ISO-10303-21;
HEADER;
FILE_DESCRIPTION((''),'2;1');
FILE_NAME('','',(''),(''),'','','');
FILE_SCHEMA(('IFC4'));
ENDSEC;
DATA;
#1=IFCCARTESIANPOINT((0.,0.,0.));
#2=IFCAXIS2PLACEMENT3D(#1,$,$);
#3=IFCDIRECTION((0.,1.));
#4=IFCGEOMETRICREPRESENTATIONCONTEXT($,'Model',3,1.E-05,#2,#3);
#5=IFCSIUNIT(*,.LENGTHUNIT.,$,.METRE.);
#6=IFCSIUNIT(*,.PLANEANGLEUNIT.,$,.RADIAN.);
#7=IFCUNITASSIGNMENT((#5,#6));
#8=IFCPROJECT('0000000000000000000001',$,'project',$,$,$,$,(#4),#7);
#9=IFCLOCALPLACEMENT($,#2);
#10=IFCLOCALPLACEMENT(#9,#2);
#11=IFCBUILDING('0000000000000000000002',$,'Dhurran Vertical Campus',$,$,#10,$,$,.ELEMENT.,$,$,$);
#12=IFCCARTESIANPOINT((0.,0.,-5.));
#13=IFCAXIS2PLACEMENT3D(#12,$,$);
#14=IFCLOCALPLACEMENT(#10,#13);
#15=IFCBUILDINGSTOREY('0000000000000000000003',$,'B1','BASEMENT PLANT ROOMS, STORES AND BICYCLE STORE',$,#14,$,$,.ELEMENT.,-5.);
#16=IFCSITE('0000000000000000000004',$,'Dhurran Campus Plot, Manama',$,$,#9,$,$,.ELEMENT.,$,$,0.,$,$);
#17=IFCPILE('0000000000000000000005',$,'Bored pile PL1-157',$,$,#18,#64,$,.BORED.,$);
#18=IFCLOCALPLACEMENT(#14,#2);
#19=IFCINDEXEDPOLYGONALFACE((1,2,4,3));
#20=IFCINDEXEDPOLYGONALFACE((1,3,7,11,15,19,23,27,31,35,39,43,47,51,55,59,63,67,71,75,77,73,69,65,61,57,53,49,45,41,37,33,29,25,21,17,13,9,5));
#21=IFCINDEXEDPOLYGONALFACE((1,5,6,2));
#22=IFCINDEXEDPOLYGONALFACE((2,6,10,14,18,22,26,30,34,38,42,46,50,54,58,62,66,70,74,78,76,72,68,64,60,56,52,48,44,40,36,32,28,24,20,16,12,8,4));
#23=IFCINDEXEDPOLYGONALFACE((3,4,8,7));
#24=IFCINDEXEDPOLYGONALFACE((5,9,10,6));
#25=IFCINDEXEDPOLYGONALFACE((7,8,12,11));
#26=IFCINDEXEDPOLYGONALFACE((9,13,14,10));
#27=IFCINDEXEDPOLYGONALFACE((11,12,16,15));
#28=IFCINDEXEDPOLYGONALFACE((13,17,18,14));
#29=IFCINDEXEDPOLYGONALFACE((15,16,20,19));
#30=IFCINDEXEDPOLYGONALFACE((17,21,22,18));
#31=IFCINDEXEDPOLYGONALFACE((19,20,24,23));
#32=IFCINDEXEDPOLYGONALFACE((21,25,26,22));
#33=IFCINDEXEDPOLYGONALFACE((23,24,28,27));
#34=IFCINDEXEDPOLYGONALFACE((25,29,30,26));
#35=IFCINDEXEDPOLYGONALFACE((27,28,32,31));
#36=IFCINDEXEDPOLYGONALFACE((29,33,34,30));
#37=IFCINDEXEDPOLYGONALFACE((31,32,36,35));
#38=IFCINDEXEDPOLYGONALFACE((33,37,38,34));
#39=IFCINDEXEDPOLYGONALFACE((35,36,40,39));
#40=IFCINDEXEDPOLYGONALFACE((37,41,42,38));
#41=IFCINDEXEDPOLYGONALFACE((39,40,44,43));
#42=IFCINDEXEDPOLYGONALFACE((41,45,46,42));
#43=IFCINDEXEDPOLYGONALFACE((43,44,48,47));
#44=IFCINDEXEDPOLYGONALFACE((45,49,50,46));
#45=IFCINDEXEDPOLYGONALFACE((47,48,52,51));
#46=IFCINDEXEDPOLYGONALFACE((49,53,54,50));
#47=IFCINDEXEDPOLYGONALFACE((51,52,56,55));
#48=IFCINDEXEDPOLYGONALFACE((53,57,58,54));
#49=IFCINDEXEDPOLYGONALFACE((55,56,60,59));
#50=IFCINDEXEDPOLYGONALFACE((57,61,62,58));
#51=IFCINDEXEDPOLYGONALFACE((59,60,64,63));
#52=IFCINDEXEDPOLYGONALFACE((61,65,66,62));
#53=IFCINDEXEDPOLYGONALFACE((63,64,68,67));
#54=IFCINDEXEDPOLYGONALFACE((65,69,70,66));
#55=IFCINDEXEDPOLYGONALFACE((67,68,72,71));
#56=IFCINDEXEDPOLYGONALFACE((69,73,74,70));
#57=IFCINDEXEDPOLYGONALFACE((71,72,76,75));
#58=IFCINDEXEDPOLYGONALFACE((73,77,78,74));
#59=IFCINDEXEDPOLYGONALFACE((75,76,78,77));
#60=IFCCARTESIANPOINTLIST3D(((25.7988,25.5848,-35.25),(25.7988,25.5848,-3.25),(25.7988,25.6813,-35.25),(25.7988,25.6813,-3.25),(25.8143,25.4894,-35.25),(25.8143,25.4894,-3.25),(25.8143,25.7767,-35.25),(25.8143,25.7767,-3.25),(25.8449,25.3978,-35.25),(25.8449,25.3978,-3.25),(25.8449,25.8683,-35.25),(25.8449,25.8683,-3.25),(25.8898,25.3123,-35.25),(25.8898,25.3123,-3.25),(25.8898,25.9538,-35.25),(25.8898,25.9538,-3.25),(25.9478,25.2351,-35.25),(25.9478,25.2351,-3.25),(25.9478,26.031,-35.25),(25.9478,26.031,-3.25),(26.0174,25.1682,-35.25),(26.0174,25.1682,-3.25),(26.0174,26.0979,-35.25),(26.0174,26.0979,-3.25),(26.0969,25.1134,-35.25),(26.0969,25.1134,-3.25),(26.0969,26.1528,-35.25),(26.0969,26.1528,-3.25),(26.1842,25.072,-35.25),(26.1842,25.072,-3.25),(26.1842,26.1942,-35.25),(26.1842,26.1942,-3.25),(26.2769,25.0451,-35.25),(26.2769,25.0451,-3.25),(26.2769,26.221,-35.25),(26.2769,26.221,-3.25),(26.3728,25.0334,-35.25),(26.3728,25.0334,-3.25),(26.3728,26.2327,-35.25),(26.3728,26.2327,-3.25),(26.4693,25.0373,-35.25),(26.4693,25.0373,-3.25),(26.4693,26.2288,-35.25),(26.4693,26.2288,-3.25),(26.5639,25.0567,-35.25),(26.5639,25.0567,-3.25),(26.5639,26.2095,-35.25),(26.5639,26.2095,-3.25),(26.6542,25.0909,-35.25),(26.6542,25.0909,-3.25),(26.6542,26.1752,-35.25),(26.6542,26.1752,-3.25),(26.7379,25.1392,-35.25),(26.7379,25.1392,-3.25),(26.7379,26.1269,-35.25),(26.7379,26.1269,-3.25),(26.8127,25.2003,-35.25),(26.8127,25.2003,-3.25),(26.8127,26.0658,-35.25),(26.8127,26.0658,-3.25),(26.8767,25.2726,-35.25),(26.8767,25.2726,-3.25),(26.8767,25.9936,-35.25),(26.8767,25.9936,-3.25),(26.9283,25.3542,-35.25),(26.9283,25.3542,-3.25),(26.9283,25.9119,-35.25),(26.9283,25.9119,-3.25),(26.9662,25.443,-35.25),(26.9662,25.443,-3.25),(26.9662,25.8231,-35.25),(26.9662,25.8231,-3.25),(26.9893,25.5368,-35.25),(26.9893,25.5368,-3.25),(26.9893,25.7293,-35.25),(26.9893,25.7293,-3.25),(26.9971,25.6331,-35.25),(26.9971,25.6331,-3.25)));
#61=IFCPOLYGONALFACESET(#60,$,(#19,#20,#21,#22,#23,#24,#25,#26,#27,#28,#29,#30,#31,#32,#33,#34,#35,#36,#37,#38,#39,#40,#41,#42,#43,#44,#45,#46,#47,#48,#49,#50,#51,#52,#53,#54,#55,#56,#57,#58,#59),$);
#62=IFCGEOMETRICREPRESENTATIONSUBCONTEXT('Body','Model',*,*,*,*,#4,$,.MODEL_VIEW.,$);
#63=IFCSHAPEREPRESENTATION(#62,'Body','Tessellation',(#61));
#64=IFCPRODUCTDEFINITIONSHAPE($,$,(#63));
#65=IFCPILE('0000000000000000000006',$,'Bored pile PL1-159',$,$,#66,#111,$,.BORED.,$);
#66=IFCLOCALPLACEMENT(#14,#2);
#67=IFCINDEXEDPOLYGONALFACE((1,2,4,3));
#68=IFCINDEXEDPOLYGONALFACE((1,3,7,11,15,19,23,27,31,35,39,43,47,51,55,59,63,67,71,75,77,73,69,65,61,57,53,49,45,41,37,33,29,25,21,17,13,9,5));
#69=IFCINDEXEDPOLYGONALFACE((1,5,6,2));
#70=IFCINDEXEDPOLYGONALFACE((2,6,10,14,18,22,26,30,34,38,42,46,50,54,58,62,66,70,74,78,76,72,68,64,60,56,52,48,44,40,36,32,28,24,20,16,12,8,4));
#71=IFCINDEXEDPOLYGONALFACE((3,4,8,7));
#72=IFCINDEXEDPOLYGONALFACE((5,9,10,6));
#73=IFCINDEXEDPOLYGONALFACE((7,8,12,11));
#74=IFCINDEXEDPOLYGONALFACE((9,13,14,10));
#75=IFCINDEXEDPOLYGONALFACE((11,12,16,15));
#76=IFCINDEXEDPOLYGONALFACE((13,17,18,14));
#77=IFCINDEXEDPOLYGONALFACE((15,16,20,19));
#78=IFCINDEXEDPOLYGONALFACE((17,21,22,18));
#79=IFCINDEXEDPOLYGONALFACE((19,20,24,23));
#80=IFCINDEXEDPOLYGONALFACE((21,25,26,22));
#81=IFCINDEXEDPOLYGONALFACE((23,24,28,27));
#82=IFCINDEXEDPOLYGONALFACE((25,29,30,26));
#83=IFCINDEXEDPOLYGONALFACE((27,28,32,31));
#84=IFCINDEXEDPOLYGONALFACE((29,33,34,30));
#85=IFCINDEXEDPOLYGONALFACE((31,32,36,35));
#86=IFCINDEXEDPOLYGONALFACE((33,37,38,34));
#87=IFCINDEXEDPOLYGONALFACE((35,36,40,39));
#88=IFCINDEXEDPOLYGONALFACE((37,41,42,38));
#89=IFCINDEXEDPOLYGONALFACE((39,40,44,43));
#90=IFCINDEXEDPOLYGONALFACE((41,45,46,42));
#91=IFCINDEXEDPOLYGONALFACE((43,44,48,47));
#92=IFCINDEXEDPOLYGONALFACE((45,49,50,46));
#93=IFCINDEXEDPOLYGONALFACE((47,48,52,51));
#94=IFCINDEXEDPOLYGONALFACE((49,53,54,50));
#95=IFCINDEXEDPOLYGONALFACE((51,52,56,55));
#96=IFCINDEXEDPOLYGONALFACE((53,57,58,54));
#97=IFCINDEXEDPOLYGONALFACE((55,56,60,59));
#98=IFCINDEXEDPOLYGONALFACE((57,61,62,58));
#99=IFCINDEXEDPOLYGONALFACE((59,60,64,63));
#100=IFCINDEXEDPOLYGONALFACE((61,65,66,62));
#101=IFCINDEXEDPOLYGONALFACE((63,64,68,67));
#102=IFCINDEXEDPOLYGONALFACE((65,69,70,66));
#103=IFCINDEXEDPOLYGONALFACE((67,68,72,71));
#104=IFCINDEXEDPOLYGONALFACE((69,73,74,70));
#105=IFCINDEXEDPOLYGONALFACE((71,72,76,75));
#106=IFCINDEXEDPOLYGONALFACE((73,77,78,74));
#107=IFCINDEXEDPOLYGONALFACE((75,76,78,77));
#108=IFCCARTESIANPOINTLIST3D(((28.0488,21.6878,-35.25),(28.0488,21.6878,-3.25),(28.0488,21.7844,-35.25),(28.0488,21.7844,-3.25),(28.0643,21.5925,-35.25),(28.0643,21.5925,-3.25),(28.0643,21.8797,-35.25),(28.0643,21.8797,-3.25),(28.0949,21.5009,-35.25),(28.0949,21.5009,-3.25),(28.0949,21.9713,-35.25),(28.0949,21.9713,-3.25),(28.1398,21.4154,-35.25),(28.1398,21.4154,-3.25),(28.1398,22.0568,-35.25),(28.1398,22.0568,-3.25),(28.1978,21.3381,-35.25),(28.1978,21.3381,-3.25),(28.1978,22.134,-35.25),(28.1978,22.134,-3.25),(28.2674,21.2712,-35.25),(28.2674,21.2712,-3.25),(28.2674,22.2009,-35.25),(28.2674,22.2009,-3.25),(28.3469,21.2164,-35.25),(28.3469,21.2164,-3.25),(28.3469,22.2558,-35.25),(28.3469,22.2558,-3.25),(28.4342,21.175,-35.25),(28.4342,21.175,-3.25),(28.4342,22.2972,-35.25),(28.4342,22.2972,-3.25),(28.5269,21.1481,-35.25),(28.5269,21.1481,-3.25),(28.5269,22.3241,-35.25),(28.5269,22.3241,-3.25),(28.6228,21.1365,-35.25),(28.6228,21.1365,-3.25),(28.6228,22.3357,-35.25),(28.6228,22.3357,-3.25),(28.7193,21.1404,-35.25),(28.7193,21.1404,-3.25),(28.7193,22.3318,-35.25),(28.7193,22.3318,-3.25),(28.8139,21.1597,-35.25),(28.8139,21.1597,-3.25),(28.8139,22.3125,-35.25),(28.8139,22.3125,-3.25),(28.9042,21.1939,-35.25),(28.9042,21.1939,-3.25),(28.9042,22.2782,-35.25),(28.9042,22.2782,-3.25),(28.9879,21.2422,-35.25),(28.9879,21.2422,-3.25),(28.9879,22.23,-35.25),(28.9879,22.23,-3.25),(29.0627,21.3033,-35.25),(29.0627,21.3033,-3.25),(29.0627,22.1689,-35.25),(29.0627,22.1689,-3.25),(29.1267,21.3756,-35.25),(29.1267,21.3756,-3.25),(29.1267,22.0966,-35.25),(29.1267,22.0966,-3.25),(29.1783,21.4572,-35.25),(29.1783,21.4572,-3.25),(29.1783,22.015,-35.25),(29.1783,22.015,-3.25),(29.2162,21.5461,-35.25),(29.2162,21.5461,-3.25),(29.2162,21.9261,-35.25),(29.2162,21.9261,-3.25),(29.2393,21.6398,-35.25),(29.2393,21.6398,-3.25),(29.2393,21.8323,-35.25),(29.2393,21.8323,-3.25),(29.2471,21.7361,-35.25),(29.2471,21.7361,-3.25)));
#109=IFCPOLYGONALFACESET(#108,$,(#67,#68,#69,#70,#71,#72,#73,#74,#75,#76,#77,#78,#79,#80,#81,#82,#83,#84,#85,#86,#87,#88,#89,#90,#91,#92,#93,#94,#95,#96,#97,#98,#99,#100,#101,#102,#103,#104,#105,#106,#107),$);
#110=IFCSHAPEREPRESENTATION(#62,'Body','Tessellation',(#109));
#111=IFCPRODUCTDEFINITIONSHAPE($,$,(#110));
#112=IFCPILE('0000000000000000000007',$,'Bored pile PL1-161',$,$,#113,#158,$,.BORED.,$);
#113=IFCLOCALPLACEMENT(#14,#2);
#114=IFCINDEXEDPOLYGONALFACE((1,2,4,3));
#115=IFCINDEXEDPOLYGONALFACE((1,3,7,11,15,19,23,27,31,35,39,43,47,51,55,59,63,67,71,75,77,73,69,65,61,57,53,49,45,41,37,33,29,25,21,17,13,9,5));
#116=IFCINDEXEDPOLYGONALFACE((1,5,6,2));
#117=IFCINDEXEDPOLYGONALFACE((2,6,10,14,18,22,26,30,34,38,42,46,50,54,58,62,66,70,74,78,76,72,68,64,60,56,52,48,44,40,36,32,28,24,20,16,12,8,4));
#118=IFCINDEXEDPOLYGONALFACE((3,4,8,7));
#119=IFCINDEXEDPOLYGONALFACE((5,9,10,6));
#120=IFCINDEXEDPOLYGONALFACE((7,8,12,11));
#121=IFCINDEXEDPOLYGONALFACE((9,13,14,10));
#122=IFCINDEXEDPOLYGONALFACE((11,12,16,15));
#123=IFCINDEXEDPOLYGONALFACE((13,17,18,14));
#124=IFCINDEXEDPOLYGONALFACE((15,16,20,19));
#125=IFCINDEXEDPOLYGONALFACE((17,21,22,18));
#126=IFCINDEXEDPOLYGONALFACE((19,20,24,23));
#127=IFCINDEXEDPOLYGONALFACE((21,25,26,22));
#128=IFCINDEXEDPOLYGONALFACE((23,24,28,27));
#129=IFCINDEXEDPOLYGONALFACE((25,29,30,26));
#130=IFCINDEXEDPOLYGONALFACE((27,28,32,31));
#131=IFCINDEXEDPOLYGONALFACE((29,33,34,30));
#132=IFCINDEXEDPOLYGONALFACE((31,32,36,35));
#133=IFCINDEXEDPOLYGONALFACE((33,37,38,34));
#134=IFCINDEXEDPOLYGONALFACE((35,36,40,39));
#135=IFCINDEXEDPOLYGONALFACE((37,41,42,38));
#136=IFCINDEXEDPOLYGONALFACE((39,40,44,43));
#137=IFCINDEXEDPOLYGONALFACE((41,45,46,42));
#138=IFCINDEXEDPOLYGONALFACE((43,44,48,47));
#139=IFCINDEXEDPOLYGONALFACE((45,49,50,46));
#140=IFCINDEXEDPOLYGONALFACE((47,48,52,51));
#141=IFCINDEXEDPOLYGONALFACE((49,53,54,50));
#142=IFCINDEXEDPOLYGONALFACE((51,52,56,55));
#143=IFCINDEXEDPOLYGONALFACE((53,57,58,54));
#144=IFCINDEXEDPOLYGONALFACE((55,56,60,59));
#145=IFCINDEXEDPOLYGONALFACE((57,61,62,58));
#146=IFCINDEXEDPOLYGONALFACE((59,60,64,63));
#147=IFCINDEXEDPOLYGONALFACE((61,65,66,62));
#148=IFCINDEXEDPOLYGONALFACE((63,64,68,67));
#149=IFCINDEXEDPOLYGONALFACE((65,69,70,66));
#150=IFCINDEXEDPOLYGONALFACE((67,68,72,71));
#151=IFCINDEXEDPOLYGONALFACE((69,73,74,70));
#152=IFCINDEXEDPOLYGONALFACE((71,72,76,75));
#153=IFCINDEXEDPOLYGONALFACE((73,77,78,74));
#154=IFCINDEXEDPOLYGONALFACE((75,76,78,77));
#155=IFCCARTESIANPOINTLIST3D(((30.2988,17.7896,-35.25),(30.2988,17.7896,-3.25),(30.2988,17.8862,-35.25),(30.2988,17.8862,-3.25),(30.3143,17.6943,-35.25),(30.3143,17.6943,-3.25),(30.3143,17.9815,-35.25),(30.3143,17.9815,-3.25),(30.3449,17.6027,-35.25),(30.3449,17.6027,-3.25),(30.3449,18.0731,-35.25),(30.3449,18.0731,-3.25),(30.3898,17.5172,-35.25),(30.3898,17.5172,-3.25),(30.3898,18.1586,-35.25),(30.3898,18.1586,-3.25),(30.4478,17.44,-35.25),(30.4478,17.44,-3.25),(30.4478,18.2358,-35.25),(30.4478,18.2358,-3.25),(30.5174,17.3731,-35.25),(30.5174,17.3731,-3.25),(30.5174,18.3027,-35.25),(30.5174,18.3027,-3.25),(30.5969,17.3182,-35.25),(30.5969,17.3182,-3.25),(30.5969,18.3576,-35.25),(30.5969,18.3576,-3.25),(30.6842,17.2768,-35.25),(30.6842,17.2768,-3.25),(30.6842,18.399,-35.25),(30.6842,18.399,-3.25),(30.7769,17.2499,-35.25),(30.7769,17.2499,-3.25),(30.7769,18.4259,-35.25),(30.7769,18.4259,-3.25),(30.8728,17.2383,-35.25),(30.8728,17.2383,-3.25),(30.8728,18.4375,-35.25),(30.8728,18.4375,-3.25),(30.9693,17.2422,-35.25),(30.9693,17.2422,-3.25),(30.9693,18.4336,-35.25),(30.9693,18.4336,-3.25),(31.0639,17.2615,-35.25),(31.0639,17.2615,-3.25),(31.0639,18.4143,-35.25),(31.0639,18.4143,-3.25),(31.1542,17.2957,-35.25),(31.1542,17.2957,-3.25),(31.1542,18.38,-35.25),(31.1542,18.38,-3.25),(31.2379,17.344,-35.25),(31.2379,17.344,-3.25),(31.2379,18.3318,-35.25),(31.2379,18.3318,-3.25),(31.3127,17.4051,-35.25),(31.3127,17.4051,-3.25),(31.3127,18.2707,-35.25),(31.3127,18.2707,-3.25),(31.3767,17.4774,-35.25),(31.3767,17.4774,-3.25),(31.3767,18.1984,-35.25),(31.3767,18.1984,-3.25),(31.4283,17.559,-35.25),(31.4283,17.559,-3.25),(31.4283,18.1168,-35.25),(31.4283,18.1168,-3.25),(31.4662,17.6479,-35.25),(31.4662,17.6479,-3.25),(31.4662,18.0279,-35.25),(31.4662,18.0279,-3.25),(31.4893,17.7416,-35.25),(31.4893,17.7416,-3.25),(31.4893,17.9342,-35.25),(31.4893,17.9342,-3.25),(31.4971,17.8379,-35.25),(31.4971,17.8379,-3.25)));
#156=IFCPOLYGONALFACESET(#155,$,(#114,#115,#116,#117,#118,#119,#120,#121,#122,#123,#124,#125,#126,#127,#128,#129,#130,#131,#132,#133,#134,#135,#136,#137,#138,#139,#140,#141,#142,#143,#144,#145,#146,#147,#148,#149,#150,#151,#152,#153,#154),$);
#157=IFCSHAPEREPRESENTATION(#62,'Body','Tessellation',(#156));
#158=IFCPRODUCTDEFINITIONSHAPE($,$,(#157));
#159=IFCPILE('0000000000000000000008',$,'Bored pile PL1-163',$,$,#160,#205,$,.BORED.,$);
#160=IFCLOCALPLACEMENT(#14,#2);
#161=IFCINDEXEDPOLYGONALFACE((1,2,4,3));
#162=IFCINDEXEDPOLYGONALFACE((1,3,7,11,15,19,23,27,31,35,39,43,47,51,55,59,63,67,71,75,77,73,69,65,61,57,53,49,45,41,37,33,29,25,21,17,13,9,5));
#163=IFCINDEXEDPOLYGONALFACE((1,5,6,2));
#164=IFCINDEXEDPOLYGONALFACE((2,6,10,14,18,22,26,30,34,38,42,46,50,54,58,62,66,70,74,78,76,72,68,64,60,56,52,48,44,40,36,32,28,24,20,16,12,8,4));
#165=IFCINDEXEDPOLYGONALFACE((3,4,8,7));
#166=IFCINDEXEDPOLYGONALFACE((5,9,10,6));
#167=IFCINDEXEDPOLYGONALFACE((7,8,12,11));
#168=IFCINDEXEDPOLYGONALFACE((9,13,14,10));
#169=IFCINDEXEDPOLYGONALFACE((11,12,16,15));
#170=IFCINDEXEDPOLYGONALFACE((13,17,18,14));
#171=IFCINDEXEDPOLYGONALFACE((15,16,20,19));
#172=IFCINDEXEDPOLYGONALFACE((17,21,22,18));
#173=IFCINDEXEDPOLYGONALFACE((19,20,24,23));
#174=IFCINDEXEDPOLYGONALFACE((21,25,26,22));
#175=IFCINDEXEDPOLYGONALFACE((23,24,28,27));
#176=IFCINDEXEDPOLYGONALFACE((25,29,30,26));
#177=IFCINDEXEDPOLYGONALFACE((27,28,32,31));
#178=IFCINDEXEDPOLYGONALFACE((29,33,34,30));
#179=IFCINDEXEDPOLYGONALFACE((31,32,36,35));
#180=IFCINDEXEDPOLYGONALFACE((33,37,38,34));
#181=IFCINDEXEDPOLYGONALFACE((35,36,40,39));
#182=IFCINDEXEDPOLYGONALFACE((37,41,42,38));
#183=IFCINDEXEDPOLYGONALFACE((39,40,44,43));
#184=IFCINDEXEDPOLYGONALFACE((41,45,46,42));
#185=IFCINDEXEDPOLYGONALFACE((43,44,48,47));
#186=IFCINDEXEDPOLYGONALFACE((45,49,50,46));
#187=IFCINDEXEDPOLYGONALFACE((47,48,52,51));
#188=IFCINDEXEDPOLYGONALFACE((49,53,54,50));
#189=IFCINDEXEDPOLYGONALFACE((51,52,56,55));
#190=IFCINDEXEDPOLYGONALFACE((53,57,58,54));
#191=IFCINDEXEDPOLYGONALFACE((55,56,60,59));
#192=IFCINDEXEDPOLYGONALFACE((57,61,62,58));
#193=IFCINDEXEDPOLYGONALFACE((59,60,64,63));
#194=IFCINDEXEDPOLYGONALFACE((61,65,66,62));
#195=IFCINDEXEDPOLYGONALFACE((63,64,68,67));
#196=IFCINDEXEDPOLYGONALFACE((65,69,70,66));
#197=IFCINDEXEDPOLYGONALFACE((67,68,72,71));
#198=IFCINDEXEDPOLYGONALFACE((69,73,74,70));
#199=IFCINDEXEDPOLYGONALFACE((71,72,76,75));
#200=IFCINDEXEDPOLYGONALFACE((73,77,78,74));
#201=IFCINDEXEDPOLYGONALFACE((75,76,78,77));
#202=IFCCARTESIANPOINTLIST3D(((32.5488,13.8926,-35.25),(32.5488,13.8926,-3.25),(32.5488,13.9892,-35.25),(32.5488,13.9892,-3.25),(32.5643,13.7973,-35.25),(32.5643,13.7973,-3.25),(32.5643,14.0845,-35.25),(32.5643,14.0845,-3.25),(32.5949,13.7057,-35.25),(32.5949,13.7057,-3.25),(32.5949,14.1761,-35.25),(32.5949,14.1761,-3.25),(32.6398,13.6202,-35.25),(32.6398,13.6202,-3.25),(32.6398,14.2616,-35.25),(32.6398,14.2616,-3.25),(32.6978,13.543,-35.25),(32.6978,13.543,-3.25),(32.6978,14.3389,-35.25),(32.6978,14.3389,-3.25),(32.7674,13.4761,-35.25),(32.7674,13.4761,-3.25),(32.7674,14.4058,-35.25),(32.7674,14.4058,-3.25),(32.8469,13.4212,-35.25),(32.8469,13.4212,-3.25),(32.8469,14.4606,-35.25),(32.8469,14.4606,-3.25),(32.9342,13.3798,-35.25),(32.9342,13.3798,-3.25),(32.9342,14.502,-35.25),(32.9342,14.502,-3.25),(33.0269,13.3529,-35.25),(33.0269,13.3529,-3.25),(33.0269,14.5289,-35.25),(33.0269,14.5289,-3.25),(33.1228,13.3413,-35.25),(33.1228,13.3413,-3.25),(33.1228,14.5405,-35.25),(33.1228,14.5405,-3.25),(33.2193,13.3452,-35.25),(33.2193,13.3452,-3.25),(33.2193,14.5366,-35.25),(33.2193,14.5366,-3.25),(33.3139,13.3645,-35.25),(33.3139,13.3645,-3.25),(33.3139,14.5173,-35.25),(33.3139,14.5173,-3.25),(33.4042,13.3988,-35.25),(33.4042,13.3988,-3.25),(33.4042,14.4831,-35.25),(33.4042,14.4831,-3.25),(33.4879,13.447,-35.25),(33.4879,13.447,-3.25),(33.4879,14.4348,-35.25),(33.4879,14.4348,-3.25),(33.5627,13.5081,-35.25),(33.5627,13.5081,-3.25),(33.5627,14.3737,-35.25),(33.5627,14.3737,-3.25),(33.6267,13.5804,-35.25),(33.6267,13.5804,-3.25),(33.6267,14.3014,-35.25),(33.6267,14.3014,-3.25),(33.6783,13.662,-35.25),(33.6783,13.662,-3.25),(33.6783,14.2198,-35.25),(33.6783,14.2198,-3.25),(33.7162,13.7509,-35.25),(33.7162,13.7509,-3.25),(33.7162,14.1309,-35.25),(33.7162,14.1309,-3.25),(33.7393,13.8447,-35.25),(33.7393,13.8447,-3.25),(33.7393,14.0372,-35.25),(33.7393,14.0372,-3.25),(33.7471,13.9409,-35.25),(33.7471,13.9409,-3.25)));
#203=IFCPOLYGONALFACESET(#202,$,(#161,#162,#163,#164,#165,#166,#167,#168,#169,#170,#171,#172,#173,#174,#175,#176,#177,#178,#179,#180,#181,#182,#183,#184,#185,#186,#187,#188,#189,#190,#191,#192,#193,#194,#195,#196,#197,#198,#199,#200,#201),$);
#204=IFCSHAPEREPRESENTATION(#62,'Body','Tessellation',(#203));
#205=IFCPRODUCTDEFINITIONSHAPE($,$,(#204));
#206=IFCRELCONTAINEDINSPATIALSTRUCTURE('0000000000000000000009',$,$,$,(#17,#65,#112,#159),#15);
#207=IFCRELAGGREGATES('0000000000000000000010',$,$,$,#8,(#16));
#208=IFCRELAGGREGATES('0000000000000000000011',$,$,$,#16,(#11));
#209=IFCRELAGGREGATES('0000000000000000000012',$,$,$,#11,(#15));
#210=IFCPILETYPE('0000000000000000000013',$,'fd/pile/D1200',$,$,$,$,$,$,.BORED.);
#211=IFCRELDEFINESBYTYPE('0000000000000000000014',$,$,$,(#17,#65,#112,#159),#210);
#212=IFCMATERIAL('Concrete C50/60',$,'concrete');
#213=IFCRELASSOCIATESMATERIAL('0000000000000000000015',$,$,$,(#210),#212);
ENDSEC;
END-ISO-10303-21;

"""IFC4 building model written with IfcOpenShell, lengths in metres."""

from ifc_helpers import new_model, si_unit, direction, frame, origin, origin_2d, place, context, subcontext, project, spatial, circle, extrude, material, material_profile, profile_set, type_object, element, save


model = new_model("IFC4")

# Units and contexts
model_context = context("Model", 3, precision=1e-05, world=origin(), true_north=direction((0.0, 1.0)))
body_context = subcontext(model_context, "Body", "Model", "MODEL_VIEW")
ifc_project = project(units=[si_unit("LENGTHUNIT", "METRE"), si_unit("PLANEANGLEUNIT", "RADIAN")], contexts=[model_context])

# Site, building, storey
site_placement = place(None, origin())
site = spatial("IfcSite", under=ifc_project, at=site_placement, Name="Dhurran Campus Plot, Manama", CompositionType="ELEMENT", RefElevation=0.0)
building_placement = place(site_placement, origin())
building = spatial("IfcBuilding", under=site, at=building_placement, Name="Dhurran Vertical Campus", CompositionType="ELEMENT")
storey_placement = place(building_placement, frame((0.0, 0.0, -5.0)))
storey = spatial("IfcBuildingStorey", under=building, at=storey_placement, Name="B1", Description="BASEMENT PLANT ROOMS, STORES AND BICYCLE STORE", CompositionType="ELEMENT", Elevation=-5.0)

# Piles
ifc_material_1 = material(Name="Concrete C50/60", Category="concrete")
ifc_material_profile_1 = material_profile(ifc_material_1, circle(Radius=0.6001, at=origin_2d()), Name="fd/pile/D1200")
ifc_profile_set_1 = profile_set([ifc_material_profile_1], Name="Concrete C50/60")
pile_type = type_object("IfcPileType", Name="fd/pile/D1200", PredefinedType="BORED", material=ifc_profile_set_1)
for number, where, z_axis, x_axis, name in (
    (1, (26.397, 25.6331, -3.25), (0.0, 0.0, -1.0), (1.0, 0.0, 0.0), "Bored pile PL1-157"),
    (2, (28.647, 21.7361, -3.25), (0.0, 0.0, -1.0), (1.0, 0.0, 0.0), "Bored pile PL1-159"),
    (3, (30.897, 17.8379, -3.25), (0.0, 0.0, -1.0), (1.0, 0.0, 0.0), "Bored pile PL1-161"),
    (4, (33.147, 13.9409, -3.25), (0.0, 0.0, -1.0), (1.0, 0.0, 0.0), "Bored pile PL1-163"),
):
    element("IfcPile", number, at=place(storey_placement, frame(where, z_axis=z_axis, x_axis=x_axis)), inside=storey, type_object=pile_type, Name=name, PredefinedType="BORED", context=body_context, shape_type="SweptSolid", body=[
        extrude(circle(Radius=0.6001, at=origin_2d()), origin(), (0.0, 0.0, 1.0), 32.0),
    ])

save(model, "model.ifc")
